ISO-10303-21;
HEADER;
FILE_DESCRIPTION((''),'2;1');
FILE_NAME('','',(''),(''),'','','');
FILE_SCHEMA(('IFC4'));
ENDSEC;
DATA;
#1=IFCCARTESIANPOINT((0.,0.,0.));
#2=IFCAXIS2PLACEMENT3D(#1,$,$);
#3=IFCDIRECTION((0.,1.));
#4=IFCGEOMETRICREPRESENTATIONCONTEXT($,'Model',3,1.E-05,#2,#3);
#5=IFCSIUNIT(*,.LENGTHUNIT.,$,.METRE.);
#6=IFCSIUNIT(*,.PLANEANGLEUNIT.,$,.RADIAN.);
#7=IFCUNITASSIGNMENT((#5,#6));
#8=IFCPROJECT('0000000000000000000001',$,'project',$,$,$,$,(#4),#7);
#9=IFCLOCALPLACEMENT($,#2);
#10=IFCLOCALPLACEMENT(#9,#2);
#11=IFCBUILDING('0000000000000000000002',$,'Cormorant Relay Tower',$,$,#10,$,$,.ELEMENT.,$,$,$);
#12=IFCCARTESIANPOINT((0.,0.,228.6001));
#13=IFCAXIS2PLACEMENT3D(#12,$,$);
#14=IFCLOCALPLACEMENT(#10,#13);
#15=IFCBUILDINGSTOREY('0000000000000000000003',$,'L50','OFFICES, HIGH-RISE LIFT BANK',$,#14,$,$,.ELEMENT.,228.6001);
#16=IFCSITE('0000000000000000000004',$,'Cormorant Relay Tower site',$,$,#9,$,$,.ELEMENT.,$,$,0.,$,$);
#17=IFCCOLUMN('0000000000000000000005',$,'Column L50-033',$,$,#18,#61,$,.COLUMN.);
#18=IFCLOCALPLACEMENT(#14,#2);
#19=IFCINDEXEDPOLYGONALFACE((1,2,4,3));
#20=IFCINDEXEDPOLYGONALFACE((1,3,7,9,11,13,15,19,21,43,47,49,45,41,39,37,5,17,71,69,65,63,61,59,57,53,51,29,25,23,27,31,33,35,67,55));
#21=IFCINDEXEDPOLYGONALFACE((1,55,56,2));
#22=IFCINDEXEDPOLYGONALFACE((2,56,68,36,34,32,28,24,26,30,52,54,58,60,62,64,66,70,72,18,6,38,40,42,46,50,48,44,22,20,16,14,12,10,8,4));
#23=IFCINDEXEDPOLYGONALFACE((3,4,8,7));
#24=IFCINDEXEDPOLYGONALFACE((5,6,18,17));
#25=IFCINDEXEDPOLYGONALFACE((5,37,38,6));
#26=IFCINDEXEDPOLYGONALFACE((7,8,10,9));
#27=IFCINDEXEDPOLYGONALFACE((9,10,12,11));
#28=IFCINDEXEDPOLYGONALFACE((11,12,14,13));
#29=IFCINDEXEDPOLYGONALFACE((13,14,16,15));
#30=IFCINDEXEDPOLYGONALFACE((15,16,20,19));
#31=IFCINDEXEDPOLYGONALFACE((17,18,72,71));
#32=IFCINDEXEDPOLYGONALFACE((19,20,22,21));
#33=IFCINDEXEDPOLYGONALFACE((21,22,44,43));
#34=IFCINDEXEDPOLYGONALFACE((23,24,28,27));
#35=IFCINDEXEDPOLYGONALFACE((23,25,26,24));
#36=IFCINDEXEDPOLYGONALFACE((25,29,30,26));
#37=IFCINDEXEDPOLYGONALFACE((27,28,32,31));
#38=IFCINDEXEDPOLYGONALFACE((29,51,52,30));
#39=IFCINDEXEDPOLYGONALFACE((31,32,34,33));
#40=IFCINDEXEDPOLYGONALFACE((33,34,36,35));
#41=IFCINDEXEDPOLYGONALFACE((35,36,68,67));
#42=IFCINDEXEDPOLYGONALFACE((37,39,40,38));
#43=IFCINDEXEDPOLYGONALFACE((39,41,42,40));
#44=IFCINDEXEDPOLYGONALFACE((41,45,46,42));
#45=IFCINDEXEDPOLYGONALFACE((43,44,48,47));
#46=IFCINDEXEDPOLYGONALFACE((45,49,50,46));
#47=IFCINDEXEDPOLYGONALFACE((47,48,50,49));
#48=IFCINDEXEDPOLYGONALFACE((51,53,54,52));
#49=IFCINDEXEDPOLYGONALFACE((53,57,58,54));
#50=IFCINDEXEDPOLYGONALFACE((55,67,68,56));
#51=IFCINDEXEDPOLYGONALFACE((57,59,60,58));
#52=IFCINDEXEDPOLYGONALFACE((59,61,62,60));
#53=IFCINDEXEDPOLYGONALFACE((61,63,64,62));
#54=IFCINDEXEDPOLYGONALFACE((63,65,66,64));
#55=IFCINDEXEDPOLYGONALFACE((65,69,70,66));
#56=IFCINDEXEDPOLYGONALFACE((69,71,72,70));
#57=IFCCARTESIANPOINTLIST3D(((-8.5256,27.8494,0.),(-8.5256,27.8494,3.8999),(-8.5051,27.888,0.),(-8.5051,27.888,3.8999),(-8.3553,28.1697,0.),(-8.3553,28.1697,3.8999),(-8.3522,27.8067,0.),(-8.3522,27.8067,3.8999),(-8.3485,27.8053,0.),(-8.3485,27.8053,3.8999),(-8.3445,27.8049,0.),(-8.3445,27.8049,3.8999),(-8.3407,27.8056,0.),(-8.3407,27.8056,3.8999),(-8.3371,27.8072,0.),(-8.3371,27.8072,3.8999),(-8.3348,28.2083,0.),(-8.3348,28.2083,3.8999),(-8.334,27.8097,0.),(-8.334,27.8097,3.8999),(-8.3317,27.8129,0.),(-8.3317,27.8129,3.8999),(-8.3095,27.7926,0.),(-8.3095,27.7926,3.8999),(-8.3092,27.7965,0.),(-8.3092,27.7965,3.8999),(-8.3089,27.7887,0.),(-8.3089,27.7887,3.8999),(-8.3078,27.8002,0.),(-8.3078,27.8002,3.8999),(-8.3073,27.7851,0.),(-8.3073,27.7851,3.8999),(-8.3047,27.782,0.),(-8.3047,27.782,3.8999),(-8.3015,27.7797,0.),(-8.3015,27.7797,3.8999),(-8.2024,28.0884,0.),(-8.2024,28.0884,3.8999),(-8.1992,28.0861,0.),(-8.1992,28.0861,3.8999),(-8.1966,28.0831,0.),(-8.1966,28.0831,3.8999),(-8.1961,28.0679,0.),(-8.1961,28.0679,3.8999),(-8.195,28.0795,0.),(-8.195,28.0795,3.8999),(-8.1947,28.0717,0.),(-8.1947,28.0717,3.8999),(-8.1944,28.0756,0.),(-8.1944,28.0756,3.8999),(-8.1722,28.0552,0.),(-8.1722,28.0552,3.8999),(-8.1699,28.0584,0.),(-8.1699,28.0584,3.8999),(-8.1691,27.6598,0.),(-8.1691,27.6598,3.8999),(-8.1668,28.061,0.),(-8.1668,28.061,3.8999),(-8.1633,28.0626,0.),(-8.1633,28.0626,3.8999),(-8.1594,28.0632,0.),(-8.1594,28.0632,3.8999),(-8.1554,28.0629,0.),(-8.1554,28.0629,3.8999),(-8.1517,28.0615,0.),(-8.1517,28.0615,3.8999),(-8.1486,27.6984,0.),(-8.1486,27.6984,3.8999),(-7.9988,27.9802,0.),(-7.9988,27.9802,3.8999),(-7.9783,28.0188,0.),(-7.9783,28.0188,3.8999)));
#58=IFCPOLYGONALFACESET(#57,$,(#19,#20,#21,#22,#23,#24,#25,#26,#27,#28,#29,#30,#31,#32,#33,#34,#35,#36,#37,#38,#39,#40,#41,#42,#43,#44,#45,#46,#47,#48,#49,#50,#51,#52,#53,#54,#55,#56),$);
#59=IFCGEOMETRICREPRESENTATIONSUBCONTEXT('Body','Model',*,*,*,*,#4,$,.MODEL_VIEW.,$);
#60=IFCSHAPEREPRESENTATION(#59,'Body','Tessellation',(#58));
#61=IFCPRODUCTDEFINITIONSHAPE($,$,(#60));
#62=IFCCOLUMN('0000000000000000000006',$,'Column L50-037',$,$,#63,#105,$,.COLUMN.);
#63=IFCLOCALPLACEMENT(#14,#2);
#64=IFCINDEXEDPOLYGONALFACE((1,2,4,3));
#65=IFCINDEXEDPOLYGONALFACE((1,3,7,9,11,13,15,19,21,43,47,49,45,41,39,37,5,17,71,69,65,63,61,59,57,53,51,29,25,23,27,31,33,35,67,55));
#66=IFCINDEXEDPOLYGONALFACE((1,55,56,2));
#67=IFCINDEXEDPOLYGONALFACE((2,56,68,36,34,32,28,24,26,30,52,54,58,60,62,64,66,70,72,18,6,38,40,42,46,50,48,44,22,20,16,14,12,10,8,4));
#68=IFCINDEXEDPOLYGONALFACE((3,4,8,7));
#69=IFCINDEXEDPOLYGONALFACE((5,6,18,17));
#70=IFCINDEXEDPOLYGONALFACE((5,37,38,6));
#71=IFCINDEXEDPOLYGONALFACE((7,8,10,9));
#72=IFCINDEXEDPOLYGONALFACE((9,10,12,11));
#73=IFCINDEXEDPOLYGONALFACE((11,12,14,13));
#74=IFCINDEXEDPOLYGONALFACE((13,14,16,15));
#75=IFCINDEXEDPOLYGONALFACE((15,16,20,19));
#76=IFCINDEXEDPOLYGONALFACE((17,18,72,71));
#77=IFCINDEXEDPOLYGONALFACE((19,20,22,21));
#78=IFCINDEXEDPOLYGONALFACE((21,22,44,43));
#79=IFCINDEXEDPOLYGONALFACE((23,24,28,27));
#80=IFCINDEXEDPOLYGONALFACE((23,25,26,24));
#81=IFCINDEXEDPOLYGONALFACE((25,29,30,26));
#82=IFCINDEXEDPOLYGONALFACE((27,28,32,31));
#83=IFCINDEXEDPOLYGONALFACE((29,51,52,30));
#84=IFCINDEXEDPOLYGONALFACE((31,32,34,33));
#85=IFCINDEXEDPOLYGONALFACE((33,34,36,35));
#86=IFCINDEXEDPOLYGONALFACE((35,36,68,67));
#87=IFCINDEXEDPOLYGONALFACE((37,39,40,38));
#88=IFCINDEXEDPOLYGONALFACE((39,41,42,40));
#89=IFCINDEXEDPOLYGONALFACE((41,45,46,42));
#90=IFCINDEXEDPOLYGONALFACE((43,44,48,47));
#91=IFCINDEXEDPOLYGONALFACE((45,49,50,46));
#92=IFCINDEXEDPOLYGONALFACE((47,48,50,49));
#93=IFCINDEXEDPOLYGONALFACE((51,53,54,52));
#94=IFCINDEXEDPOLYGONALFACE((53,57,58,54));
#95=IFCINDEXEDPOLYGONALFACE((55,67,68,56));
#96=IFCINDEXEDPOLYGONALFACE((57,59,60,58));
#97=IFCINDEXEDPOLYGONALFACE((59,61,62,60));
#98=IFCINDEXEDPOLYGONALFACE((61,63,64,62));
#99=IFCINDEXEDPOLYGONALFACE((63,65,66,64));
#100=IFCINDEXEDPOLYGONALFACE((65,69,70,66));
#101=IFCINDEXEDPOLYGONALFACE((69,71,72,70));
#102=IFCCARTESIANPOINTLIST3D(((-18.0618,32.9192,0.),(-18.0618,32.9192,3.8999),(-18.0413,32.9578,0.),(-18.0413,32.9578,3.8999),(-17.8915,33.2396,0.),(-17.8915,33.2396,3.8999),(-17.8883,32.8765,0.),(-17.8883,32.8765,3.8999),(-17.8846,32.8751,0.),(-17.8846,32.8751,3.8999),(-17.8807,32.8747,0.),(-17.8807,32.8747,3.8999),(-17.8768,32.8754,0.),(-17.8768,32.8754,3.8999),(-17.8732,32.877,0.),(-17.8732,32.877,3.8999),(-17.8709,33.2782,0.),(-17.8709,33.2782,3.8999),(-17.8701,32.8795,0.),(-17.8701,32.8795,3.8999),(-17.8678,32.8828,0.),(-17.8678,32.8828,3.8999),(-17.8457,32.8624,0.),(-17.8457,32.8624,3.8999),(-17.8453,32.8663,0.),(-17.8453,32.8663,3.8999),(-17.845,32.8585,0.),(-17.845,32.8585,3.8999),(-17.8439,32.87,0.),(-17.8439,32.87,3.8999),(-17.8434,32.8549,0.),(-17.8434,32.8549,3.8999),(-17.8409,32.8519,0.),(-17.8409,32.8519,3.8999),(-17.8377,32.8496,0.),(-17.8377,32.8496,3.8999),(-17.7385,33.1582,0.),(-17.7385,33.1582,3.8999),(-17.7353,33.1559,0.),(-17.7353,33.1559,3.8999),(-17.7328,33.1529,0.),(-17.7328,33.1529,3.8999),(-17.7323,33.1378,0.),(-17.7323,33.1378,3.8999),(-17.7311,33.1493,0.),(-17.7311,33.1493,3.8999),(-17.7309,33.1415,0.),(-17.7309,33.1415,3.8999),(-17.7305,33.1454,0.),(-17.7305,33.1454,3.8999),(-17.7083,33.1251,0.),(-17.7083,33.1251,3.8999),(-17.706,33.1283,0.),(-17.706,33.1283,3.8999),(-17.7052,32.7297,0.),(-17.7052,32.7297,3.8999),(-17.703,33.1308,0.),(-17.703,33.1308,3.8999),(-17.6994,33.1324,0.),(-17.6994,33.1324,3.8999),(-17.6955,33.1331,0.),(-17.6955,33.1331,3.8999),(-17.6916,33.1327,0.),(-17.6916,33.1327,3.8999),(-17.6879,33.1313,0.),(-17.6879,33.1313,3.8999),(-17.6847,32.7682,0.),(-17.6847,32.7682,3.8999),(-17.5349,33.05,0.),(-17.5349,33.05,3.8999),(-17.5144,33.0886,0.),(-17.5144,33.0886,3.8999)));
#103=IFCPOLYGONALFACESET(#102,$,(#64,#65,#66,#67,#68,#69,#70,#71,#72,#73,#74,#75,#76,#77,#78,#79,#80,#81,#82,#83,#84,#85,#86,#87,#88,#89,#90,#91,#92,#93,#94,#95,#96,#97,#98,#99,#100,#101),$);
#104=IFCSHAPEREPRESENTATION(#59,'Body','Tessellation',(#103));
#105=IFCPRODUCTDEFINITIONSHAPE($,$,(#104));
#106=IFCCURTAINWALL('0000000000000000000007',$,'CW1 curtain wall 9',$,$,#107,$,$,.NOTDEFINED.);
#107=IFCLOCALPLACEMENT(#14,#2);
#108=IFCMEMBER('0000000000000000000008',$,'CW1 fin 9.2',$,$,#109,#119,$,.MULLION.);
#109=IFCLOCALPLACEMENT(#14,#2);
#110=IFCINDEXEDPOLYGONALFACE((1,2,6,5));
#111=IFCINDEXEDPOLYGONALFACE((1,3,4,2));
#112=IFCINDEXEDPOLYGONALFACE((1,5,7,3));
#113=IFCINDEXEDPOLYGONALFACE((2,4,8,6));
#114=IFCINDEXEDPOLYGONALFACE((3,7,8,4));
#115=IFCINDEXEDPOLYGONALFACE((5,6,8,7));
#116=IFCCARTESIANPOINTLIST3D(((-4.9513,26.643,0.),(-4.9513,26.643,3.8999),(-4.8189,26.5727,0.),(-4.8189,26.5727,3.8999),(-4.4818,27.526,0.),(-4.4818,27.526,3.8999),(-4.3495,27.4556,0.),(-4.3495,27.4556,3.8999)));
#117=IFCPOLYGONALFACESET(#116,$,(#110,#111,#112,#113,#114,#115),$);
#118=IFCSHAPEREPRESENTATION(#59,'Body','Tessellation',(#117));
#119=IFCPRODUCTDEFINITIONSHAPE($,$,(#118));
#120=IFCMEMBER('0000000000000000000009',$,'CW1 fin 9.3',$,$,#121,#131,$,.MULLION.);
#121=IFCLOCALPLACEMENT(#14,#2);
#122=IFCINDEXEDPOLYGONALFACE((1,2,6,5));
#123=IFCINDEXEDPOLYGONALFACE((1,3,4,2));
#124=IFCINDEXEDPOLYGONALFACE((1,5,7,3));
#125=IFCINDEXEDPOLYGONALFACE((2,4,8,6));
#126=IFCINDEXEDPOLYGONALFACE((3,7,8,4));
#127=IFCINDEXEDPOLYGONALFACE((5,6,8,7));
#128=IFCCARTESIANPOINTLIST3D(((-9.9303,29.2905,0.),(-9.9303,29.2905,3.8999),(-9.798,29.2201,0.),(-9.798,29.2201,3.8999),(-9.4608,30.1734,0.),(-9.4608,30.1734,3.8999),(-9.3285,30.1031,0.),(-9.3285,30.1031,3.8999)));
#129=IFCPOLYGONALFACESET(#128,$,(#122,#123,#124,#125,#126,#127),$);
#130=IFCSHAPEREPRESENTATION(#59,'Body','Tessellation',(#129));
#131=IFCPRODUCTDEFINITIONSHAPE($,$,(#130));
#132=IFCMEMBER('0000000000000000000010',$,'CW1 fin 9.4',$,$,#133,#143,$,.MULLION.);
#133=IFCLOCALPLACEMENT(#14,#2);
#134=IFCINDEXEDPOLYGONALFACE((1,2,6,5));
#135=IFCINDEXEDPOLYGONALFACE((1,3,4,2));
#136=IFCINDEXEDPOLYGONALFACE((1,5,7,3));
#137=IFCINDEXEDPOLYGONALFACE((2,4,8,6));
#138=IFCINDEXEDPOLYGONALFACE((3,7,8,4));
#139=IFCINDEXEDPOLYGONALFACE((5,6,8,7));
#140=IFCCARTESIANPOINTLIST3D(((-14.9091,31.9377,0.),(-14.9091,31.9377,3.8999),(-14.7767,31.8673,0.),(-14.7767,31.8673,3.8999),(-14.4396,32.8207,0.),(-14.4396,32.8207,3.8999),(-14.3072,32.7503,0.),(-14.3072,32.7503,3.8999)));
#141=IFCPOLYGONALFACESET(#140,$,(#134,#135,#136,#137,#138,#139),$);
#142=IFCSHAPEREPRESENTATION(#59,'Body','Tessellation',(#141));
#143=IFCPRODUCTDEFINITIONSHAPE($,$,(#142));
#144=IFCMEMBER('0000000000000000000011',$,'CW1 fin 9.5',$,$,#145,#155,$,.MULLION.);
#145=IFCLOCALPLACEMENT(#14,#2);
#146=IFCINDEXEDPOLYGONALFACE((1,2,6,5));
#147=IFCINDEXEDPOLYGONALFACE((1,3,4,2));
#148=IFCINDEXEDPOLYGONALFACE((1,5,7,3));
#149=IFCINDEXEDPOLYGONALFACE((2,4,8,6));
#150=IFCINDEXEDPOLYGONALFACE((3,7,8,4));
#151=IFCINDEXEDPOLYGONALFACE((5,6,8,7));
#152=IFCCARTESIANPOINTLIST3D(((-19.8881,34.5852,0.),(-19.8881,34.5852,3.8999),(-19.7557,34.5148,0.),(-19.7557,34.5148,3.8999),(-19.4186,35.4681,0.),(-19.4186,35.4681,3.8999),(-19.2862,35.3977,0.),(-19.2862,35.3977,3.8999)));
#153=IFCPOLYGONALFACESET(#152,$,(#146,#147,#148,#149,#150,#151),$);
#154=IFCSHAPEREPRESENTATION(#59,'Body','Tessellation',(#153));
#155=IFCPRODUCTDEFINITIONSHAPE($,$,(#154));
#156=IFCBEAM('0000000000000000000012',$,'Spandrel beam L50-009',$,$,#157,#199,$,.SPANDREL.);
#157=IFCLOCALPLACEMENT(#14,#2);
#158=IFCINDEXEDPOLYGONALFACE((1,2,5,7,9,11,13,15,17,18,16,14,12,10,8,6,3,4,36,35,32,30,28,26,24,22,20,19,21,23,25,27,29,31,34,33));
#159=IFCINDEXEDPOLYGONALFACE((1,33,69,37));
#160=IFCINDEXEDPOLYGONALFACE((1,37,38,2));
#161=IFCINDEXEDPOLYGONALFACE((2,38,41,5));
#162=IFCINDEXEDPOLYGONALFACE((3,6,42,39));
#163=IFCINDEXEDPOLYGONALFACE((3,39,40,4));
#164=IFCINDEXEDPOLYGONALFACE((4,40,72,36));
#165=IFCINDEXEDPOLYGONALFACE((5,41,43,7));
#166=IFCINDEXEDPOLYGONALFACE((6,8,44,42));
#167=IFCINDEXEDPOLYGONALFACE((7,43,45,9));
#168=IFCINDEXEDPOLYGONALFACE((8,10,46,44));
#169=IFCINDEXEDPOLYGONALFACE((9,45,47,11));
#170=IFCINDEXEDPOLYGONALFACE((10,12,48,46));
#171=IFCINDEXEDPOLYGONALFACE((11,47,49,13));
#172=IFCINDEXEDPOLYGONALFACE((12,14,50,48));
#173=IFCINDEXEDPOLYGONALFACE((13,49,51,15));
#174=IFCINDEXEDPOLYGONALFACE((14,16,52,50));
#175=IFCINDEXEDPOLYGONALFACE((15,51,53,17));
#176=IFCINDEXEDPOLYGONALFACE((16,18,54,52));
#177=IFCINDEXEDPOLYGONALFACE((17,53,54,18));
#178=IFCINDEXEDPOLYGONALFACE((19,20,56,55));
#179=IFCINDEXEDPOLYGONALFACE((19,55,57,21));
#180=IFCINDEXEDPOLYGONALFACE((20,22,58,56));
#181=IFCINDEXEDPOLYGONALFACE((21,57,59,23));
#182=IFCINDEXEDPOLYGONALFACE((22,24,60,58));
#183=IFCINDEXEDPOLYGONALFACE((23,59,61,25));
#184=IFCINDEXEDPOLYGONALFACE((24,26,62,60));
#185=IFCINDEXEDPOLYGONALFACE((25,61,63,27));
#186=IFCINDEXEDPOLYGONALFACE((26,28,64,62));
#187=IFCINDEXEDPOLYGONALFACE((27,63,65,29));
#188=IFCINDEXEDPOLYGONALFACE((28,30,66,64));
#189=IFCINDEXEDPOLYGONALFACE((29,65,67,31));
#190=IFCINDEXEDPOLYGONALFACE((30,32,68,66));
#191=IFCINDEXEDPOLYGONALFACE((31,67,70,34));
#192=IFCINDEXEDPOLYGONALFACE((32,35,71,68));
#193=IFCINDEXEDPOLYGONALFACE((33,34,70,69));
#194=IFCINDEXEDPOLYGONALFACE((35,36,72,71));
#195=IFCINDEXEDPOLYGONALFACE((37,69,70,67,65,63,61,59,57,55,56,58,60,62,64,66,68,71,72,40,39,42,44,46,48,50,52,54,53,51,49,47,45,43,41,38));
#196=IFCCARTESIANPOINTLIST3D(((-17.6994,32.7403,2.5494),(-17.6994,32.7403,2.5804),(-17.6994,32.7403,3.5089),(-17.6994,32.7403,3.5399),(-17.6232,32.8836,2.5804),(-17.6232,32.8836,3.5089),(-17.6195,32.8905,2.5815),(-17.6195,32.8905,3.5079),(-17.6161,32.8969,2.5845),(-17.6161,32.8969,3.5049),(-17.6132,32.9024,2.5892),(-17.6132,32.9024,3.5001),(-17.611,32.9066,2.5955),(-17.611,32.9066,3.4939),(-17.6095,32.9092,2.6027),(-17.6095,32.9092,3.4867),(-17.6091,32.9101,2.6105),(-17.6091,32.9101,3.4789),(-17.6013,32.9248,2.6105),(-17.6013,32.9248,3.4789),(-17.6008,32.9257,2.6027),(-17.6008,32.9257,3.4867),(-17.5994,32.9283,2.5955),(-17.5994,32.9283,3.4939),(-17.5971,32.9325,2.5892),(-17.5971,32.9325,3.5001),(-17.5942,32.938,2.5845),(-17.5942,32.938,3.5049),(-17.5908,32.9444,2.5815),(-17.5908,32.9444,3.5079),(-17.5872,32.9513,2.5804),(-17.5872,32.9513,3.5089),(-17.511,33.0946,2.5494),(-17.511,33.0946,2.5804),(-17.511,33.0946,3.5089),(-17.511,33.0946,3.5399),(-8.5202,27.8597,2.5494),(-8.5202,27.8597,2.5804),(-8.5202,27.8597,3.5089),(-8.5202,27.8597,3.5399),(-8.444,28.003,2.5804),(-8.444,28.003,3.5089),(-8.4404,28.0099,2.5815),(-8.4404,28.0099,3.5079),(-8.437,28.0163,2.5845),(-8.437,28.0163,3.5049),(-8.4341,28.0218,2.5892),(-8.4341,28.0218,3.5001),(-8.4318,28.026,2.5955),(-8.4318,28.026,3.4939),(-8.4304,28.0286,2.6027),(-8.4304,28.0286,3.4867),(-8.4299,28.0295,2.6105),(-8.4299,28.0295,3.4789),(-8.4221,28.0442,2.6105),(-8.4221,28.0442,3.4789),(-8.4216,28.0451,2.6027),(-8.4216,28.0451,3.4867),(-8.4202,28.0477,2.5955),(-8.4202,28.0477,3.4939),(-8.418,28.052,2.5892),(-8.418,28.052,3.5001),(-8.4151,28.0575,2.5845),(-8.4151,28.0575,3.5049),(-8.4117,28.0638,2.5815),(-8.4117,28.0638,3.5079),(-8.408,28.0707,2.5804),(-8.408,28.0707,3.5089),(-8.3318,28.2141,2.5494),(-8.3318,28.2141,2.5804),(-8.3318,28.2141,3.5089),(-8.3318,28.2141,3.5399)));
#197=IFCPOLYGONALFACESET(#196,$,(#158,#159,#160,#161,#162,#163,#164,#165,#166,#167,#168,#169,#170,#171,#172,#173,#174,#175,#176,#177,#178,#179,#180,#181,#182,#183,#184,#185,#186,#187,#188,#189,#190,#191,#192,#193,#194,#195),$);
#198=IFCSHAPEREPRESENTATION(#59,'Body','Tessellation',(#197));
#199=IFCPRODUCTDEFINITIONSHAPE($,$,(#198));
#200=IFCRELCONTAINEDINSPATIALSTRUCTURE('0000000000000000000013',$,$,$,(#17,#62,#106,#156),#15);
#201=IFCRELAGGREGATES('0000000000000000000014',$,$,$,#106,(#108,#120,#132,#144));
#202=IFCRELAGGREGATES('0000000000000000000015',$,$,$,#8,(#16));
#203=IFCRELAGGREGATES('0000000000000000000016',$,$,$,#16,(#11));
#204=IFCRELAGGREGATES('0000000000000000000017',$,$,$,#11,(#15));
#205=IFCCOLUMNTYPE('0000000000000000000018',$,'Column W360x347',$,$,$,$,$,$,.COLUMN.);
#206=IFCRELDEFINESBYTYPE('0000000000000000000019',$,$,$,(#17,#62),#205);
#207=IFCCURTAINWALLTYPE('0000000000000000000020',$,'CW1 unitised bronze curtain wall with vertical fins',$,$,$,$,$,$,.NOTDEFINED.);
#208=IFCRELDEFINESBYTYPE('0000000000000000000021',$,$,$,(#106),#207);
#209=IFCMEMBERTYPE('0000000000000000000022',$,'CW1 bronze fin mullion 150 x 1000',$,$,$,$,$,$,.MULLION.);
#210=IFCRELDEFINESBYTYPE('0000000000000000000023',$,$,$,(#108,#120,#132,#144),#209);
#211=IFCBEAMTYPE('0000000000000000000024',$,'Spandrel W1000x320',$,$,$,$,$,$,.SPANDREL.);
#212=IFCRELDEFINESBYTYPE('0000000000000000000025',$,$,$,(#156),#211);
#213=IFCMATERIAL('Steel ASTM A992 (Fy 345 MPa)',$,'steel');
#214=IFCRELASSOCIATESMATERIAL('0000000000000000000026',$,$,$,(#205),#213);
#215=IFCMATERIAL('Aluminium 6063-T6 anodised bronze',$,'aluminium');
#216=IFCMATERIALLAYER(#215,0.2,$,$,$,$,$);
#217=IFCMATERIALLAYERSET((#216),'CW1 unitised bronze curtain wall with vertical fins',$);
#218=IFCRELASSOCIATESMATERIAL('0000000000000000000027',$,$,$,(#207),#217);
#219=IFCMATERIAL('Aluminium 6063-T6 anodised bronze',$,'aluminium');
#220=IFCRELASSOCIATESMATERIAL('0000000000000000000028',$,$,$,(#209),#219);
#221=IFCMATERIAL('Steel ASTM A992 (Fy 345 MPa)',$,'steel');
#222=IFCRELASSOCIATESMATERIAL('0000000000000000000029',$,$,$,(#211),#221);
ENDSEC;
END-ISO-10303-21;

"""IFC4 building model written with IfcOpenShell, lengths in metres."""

from ifc_helpers import new_model, si_unit, direction, frame, origin, origin_2d, place, context, subcontext, project, spatial, rectangle, i_section, extrude, material, layer, layer_set, material_profile, profile_set, type_object, element, aggregate, save


model = new_model("IFC4")

# Units and contexts
model_context = context("Model", 3, precision=1e-05, world=origin(), true_north=direction((0.0, 1.0)))
body_context = subcontext(model_context, "Body", "Model", "MODEL_VIEW")
ifc_project = project(units=[si_unit("LENGTHUNIT", "METRE"), si_unit("PLANEANGLEUNIT", "RADIAN")], contexts=[model_context])

# Site, building, storey
site_placement = place(None, origin())
site = spatial("IfcSite", under=ifc_project, at=site_placement, Name="Cormorant Relay Tower site", CompositionType="ELEMENT", RefElevation=0.0)
building_placement = place(site_placement, origin())
building = spatial("IfcBuilding", under=site, at=building_placement, Name="Cormorant Relay Tower", CompositionType="ELEMENT")
storey_placement = place(building_placement, frame((0.0, 0.0, 228.6001)))
storey = spatial("IfcBuildingStorey", under=building, at=storey_placement, Name="L50", Description="OFFICES, HIGH-RISE LIFT BANK", CompositionType="ELEMENT", Elevation=228.6001)

# Columns
ifc_material_1 = material(Name="Steel ASTM A992 (Fy 345 MPa)", Category="steel")
ifc_material_profile_1 = material_profile(ifc_material_1, i_section(OverallWidth=0.4038, OverallDepth=0.4065, WebThickness=0.0271, FlangeThickness=0.0437, FilletRadius=0.0151, at=origin_2d()), Name="W360x347")
ifc_profile_set_1 = profile_set([ifc_material_profile_1], Name="Steel ASTM A992 (Fy 345 MPa)")
column_type = type_object("IfcColumnType", Name="Column W360x347", PredefinedType="COLUMN", material=ifc_profile_set_1)
for number, where, z_axis, x_axis, name in (
    (1, (-8.252, 27.9341, 0.0), (0.0, 0.0, 1.0), (-0.882948, 0.469472, 0.0), "Column L50-033"),
    (2, (-17.7881, 33.0039, 0.0), (0.0, 0.0, 1.0), (-0.882948, 0.469472, 0.0), "Column L50-037"),
):
    element("IfcColumn", number, at=place(storey_placement, frame(where, z_axis=z_axis, x_axis=x_axis)), inside=storey, type_object=column_type, Name=name, PredefinedType="COLUMN", context=body_context, shape_type="SweptSolid", body=[
        extrude(i_section(OverallWidth=0.4038, OverallDepth=0.4065, WebThickness=0.0271, FlangeThickness=0.0437, FilletRadius=0.0151, at=origin_2d()), origin(), (0.0, 0.0, 1.0), 3.8999),
    ])

# Curtain wall, members
ifc_material_2 = material(Name="Aluminium 6063-T6 anodised bronze", Category="aluminium")
ifc_layer_1 = layer(ifc_material_2, 0.2)
ifc_layer_set_1 = layer_set([ifc_layer_1], Name="CW1 unitised bronze curtain wall with vertical fins")
curtain_wall_type = type_object("IfcCurtainWallType", Name="CW1 unitised bronze curtain wall with vertical fins", PredefinedType="NOTDEFINED", material=ifc_layer_set_1)
curtain_wall_placement = place(storey_placement, origin())
curtain_wall = element("IfcCurtainWall", 3, at=curtain_wall_placement, inside=storey, type_object=curtain_wall_type, Name="CW1 curtain wall 9", PredefinedType="NOTDEFINED")
ifc_material_3 = material(Name="Aluminium 6063-T6 anodised bronze", Category="aluminium")
ifc_material_profile_2 = material_profile(ifc_material_3, rectangle(XDim=0.1499, YDim=1.0, at=origin_2d()), Name="AL 150x1000")
ifc_profile_set_2 = profile_set([ifc_material_profile_2], Name="Aluminium 6063-T6 anodised bronze")
member_type = type_object("IfcMemberType", Name="CW1 bronze fin mullion 150 x 1000", PredefinedType="MULLION", material=ifc_profile_set_2)
member_1_placement = place(storey_placement, frame((-4.6504, 27.0493, 0.0), z_axis=(0.0, 0.0, 1.0), x_axis=(-0.882948, 0.469472, 0.0)))
member_1 = element("IfcMember", 4, at=member_1_placement, type_object=member_type, Name="CW1 fin 9.2", PredefinedType="MULLION", context=body_context, shape_type="SweptSolid", body=[
    extrude(rectangle(XDim=0.1499, YDim=1.0, at=origin_2d()), origin(), (0.0, 0.0, 1.0), 3.8999),
])
member_2_placement = place(storey_placement, frame((-9.6294, 29.6968, 0.0), z_axis=(0.0, 0.0, 1.0), x_axis=(-0.882948, 0.469472, 0.0)))
member_2 = element("IfcMember", 5, at=member_2_placement, type_object=member_type, Name="CW1 fin 9.3", PredefinedType="MULLION", context=body_context, shape_type="SweptSolid", body=[
    extrude(rectangle(XDim=0.1499, YDim=1.0, at=origin_2d()), origin(), (0.0, 0.0, 1.0), 3.8999),
])
member_3_placement = place(storey_placement, frame((-14.6082, 32.344, 0.0), z_axis=(0.0, 0.0, 1.0), x_axis=(-0.882948, 0.469472, 0.0)))
member_3 = element("IfcMember", 6, at=member_3_placement, type_object=member_type, Name="CW1 fin 9.4", PredefinedType="MULLION", context=body_context, shape_type="SweptSolid", body=[
    extrude(rectangle(XDim=0.1499, YDim=1.0, at=origin_2d()), origin(), (0.0, 0.0, 1.0), 3.8999),
])
member_4_placement = place(storey_placement, frame((-19.5872, 34.9915, 0.0), z_axis=(0.0, 0.0, 1.0), x_axis=(-0.882948, 0.469472, 0.0)))
member_4 = element("IfcMember", 7, at=member_4_placement, type_object=member_type, Name="CW1 fin 9.5", PredefinedType="MULLION", context=body_context, shape_type="SweptSolid", body=[
    extrude(rectangle(XDim=0.1499, YDim=1.0, at=origin_2d()), origin(), (0.0, 0.0, 1.0), 3.8999),
])

# Beam
ifc_material_4 = material(Name="Steel ASTM A992 (Fy 345 MPa)", Category="steel")
ifc_material_profile_3 = material_profile(ifc_material_4, i_section(OverallWidth=0.4014, OverallDepth=0.9905, WebThickness=0.0166, FlangeThickness=0.031, FilletRadius=0.03, at=origin_2d()), Name="W1000x320")
ifc_profile_set_3 = profile_set([ifc_material_profile_3], Name="Steel ASTM A992 (Fy 345 MPa)")
beam_type_1 = type_object("IfcBeamType", Name="Spandrel W1000x320", PredefinedType="SPANDREL", material=ifc_profile_set_3)
beam_1_placement = place(storey_placement, frame((-8.426, 28.0369, 3.0447), z_axis=(-0.88295, 0.469468, 0.0), x_axis=(-0.469468, -0.88295, 0.0)))
element("IfcBeam", 8, at=beam_1_placement, inside=storey, type_object=beam_type_1, Name="Spandrel beam L50-009", PredefinedType="SPANDREL", context=body_context, shape_type="SweptSolid", body=[
    extrude(i_section(OverallWidth=0.4014, OverallDepth=0.9905, WebThickness=0.0166, FlangeThickness=0.031, FilletRadius=0.03, at=origin_2d()), origin(), (0.0, 0.0, 1.0), 10.396),
])

aggregate(curtain_wall, [member_1, member_2, member_3, member_4])

save(model, "model.ifc")
